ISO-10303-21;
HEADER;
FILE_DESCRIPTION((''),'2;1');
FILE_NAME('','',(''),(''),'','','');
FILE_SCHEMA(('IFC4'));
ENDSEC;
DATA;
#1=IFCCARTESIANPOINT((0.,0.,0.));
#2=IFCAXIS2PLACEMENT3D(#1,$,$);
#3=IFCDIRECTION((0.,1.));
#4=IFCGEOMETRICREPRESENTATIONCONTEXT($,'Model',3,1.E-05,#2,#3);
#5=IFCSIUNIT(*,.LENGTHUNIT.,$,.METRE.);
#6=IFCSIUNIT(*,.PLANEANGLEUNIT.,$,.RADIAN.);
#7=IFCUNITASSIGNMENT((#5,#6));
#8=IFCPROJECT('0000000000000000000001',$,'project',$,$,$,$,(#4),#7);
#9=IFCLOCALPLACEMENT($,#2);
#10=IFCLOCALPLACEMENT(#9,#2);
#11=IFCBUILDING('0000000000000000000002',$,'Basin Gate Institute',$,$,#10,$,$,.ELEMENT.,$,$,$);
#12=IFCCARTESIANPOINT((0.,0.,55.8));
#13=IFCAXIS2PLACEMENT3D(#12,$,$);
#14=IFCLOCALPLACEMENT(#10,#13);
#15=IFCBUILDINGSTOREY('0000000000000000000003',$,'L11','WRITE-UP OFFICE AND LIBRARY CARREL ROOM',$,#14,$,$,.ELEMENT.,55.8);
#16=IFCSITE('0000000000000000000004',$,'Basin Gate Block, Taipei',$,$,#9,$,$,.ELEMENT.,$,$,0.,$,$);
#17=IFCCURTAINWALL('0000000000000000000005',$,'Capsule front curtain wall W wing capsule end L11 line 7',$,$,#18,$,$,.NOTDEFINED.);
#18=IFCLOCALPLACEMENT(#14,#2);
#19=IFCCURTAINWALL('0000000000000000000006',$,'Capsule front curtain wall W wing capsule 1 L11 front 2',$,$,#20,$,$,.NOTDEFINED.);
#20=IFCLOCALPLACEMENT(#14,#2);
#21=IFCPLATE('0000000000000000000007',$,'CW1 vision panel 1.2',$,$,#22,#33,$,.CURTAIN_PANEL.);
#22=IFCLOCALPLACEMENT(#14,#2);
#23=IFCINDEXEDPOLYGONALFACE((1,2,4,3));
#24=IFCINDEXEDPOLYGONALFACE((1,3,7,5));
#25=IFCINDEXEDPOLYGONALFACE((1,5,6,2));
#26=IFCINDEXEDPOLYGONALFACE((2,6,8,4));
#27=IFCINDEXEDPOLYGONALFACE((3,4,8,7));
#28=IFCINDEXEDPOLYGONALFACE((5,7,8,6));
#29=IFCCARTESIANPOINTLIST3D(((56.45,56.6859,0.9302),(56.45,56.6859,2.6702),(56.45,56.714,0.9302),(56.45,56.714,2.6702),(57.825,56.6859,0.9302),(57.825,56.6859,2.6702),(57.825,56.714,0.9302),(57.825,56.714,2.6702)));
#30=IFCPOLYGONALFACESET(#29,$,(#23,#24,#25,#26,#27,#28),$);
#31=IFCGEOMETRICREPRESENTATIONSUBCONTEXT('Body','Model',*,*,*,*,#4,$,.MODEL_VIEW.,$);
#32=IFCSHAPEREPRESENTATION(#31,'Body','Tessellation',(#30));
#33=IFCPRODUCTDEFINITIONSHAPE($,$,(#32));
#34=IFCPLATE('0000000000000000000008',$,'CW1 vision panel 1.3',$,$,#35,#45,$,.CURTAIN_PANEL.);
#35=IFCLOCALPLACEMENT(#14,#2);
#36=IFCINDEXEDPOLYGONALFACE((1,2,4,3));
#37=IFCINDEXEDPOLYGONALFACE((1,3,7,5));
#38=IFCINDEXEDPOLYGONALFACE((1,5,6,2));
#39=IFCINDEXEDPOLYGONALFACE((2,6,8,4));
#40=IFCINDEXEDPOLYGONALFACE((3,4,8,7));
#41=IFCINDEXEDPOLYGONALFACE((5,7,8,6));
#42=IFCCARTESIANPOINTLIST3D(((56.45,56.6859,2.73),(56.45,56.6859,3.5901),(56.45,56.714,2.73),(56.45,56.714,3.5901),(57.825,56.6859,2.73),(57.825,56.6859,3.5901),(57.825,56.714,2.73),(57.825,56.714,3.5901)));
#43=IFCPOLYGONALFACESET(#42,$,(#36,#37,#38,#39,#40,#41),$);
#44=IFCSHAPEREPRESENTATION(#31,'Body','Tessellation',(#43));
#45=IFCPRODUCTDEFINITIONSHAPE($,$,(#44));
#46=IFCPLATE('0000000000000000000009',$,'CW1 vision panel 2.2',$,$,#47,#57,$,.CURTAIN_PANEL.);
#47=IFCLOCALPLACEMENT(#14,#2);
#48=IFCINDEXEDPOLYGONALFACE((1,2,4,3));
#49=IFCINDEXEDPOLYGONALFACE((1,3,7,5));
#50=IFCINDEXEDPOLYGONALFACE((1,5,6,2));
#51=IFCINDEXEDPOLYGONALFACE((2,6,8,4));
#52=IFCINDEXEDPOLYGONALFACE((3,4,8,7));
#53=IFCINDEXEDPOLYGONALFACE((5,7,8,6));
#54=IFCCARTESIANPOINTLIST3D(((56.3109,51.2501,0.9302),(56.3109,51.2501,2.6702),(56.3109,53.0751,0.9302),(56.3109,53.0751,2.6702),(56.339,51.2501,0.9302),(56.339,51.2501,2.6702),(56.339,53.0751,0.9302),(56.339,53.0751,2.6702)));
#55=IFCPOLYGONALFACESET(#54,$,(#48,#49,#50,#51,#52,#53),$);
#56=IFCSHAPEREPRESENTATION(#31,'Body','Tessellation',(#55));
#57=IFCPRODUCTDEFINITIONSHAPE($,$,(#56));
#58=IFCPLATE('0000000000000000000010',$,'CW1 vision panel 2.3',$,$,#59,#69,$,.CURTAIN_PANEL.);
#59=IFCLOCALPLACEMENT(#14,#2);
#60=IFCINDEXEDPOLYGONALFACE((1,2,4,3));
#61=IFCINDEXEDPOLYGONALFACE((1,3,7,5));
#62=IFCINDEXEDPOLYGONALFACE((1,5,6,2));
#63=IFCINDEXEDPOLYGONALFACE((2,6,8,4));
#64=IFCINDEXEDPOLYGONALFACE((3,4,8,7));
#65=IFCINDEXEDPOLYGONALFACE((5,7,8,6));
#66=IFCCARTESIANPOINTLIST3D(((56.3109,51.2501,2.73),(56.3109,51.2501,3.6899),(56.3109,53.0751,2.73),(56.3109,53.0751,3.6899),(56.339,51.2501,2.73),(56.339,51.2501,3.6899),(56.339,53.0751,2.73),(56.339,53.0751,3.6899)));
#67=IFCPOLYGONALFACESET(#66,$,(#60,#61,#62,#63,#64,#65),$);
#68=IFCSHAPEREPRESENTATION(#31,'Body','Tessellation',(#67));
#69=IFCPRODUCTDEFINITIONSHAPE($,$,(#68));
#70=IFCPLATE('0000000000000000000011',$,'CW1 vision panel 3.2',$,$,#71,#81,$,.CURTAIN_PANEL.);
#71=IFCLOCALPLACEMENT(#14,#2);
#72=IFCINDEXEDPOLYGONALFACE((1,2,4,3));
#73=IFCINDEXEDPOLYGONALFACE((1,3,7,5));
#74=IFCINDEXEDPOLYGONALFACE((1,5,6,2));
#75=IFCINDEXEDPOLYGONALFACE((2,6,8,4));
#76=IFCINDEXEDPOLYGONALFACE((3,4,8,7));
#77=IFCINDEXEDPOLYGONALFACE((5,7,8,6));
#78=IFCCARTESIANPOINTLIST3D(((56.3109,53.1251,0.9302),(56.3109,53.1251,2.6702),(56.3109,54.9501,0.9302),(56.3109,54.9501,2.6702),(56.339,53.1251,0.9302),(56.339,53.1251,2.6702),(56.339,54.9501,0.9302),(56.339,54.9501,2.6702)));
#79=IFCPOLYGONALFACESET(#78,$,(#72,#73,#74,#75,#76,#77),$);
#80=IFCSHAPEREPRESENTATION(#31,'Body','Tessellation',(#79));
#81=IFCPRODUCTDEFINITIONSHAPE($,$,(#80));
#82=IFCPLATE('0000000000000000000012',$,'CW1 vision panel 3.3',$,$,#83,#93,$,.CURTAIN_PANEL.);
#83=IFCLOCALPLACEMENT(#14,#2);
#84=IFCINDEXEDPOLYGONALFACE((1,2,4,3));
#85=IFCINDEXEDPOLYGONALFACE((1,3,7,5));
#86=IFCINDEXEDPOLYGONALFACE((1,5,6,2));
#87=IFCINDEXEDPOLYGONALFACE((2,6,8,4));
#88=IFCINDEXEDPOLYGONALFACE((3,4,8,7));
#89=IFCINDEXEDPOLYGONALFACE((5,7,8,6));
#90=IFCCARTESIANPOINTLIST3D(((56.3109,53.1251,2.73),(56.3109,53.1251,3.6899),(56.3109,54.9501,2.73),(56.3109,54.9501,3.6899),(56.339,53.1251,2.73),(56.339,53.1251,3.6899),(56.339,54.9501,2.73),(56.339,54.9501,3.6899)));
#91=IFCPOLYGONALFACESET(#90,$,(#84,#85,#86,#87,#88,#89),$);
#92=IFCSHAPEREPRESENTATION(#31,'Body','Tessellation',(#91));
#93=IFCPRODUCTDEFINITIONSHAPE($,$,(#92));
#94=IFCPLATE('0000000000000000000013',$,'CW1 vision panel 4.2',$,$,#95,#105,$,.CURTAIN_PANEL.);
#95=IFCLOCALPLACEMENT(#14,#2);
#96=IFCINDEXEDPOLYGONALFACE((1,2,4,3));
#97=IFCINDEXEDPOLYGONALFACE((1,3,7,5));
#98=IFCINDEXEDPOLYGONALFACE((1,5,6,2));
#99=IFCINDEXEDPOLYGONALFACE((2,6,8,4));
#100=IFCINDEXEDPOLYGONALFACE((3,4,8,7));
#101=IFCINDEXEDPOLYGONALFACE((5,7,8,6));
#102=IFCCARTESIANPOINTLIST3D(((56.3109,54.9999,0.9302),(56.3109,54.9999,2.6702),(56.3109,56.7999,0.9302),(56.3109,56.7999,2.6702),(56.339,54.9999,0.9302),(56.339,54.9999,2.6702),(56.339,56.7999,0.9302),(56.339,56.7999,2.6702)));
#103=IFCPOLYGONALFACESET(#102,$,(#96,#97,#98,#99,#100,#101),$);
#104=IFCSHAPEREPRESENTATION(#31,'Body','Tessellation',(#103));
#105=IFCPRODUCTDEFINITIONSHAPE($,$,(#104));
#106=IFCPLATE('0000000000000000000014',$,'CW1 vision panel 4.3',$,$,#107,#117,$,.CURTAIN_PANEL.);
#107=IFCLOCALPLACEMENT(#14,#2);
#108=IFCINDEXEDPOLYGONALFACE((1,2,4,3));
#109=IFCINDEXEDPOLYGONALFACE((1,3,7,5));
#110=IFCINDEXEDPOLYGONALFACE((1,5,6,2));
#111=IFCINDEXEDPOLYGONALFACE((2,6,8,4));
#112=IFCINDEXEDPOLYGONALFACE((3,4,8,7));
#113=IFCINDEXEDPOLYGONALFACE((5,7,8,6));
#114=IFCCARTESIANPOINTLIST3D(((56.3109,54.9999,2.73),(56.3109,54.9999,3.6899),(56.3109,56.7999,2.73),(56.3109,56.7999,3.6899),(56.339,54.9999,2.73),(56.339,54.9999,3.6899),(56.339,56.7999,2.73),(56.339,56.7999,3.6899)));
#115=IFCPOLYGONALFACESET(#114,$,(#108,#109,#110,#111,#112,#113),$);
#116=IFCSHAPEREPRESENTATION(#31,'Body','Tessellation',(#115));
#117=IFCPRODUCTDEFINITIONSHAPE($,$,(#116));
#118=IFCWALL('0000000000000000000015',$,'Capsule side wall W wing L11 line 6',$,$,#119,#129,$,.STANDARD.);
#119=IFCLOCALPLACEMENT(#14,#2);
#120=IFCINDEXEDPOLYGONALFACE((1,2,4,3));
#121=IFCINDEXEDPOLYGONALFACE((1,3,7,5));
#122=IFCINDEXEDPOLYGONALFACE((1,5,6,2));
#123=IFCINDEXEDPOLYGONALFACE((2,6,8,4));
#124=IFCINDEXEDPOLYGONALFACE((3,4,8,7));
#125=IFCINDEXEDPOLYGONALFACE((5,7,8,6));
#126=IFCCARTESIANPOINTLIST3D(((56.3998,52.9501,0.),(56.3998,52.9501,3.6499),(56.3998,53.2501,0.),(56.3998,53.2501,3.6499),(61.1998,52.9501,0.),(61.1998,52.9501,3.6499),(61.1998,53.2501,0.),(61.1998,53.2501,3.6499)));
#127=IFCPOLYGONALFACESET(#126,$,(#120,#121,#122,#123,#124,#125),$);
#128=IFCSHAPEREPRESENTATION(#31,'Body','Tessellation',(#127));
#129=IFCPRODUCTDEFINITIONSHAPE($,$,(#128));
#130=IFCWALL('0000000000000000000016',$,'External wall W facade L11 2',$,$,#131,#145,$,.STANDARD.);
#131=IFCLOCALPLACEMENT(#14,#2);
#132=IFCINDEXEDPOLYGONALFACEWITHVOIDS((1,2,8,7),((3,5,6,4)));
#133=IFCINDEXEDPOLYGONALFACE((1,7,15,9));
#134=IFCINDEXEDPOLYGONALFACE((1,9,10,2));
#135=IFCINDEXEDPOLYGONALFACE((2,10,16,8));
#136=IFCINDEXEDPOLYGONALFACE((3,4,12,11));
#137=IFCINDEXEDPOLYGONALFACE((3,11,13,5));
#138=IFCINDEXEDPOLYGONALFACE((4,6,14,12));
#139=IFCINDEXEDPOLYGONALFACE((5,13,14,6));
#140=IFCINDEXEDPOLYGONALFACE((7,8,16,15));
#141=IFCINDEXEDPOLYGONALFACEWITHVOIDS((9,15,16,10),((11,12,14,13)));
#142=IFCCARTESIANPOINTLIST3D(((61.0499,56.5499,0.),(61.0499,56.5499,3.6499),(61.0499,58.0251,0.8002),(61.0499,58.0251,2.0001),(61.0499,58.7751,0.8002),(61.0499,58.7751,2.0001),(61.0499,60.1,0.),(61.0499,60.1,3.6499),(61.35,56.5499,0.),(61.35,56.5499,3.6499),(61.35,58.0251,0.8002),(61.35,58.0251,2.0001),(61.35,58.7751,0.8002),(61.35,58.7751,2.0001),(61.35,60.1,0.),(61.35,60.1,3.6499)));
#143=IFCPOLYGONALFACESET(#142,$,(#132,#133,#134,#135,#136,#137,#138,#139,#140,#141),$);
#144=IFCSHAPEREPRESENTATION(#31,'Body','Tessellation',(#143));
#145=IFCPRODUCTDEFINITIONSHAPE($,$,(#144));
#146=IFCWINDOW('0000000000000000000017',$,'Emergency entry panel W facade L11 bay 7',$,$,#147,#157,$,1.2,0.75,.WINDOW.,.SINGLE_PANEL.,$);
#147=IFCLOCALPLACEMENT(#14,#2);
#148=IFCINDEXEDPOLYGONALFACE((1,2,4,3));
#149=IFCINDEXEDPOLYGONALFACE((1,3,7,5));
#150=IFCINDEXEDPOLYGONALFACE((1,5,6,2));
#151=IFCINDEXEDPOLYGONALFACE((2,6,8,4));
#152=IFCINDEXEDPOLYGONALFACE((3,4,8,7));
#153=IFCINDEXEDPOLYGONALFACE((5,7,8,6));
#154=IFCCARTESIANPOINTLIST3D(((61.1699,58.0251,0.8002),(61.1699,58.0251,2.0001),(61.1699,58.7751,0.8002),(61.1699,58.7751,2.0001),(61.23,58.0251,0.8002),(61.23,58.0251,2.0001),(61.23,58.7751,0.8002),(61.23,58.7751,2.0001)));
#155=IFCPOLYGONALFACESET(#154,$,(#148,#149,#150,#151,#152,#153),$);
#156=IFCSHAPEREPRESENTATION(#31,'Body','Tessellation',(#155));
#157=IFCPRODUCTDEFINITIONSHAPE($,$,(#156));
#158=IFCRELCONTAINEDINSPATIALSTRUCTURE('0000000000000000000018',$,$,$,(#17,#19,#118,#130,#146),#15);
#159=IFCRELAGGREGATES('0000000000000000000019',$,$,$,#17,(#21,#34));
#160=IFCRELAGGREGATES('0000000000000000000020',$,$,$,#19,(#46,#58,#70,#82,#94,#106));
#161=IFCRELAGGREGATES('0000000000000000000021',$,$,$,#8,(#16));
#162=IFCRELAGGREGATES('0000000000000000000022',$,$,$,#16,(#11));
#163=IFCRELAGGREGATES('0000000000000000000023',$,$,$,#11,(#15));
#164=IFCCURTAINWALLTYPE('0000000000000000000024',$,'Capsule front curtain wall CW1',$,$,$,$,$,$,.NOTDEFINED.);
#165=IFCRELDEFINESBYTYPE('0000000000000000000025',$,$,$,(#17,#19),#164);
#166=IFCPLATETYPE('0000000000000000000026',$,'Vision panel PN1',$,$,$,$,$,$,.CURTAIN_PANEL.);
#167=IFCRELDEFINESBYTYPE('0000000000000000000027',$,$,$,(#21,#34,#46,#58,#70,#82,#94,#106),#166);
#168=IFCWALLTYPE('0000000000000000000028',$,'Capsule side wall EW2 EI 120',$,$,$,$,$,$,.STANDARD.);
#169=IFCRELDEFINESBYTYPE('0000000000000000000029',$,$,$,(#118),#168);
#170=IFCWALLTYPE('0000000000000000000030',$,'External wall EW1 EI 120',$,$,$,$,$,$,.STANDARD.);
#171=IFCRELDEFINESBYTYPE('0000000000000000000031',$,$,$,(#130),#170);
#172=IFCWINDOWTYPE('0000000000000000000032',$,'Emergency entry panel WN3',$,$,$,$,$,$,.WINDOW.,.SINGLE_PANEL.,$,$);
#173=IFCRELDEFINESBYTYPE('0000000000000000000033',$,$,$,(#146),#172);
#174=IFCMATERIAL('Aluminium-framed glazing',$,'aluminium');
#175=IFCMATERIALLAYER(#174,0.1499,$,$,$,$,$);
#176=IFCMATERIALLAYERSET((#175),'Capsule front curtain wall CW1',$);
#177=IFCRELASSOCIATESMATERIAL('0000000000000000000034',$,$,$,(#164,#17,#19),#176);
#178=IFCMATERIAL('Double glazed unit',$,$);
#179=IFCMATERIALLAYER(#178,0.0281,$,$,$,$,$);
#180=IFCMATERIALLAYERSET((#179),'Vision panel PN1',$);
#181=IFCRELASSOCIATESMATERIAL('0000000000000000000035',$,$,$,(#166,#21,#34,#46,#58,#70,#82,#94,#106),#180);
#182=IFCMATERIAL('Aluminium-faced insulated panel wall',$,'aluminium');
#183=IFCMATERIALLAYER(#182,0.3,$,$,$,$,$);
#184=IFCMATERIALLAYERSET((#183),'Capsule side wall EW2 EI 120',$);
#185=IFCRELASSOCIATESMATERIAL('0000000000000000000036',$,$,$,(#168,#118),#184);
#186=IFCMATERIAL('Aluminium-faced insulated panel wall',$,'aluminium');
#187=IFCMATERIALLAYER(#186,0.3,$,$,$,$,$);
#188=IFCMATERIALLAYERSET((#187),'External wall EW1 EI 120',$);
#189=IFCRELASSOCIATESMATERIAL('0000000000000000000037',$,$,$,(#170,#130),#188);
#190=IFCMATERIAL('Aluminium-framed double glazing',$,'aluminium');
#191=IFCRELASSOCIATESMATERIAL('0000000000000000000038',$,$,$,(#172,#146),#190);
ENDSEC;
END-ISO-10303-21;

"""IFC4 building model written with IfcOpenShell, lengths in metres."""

from ifc_helpers import new_model, si_unit, direction, frame, frame_2d, origin, origin_2d, place, context, subcontext, project, spatial, rectangle, extrude, material, layer, layer_set, type_object, element, fill, aggregate, save


model = new_model("IFC4")

# Units and contexts
model_context = context("Model", 3, precision=1e-05, world=origin(), true_north=direction((0.0, 1.0)))
body_context = subcontext(model_context, "Body", "Model", "MODEL_VIEW")
ifc_project = project(units=[si_unit("LENGTHUNIT", "METRE"), si_unit("PLANEANGLEUNIT", "RADIAN")], contexts=[model_context])

# Site, building, storey
site_placement = place(None, origin())
site = spatial("IfcSite", under=ifc_project, at=site_placement, Name="Basin Gate Block, Taipei", CompositionType="ELEMENT", RefElevation=0.0)
building_placement = place(site_placement, origin())
building = spatial("IfcBuilding", under=site, at=building_placement, Name="Basin Gate Institute", CompositionType="ELEMENT")
storey_placement = place(building_placement, frame((0.0, 0.0, 55.8)))
storey = spatial("IfcBuildingStorey", under=building, at=storey_placement, Name="L11", Description="WRITE-UP OFFICE AND LIBRARY CARREL ROOM", CompositionType="ELEMENT", Elevation=55.8)

# Curtain walls
ifc_material_1 = material(Name="Aluminium-framed glazing", Category="aluminium")
ifc_layer_1 = layer(ifc_material_1, 0.1499)
ifc_layer_set_1 = layer_set([ifc_layer_1], Name="Capsule front curtain wall CW1")
curtain_wall_type = type_object("IfcCurtainWallType", Name="Capsule front curtain wall CW1", PredefinedType="NOTDEFINED", material=ifc_layer_set_1)
curtain_wall_1_placement = place(storey_placement, origin())
curtain_wall_1 = element("IfcCurtainWall", 1, at=curtain_wall_1_placement, inside=storey, type_object=curtain_wall_type, material=ifc_layer_set_1, Name="Capsule front curtain wall W wing capsule end L11 line 7", PredefinedType="NOTDEFINED")
curtain_wall_2_placement = place(storey_placement, origin())
curtain_wall_2 = element("IfcCurtainWall", 2, at=curtain_wall_2_placement, inside=storey, type_object=curtain_wall_type, material=ifc_layer_set_1, Name="Capsule front curtain wall W wing capsule 1 L11 front 2", PredefinedType="NOTDEFINED")

# Plates
ifc_material_2 = material(Name="Double glazed unit")
ifc_layer_2 = layer(ifc_material_2, 0.0281)
ifc_layer_set_2 = layer_set([ifc_layer_2], Name="Vision panel PN1")
plate_type_1 = type_object("IfcPlateType", Name="Vision panel PN1", PredefinedType="CURTAIN_PANEL", material=ifc_layer_set_2)
plate_1_placement = place(storey_placement, frame((57.1375, 56.7, 0.9302), z_axis=(0.0, 0.0, 1.0), x_axis=(1.0, 0.0, 0.0)))
plate_1 = element("IfcPlate", 3, at=plate_1_placement, type_object=plate_type_1, material=ifc_layer_set_2, Name="CW1 vision panel 1.2", PredefinedType="CURTAIN_PANEL", context=body_context, shape_type="SweptSolid", body=[
    extrude(rectangle(XDim=1.375, YDim=0.0281, at=origin_2d()), origin(), (0.0, 0.0, 1.0), 1.74),
])
plate_2_placement = place(storey_placement, frame((57.1375, 56.7, 2.73), z_axis=(0.0, 0.0, 1.0), x_axis=(1.0, 0.0, 0.0)))
plate_2 = element("IfcPlate", 4, at=plate_2_placement, type_object=plate_type_1, material=ifc_layer_set_2, Name="CW1 vision panel 1.3", PredefinedType="CURTAIN_PANEL", context=body_context, shape_type="SweptSolid", body=[
    extrude(rectangle(XDim=1.375, YDim=0.0281, at=origin_2d()), origin(), (0.0, 0.0, 1.0), 0.8601),
])
aggregate(curtain_wall_1, [plate_1, plate_2])
plate_3_placement = place(storey_placement, frame((56.325, 52.1626, 0.9302), z_axis=(0.0, 0.0, 1.0), x_axis=(0.0, 1.0, 0.0)))
plate_3 = element("IfcPlate", 5, at=plate_3_placement, type_object=plate_type_1, material=ifc_layer_set_2, Name="CW1 vision panel 2.2", PredefinedType="CURTAIN_PANEL", context=body_context, shape_type="SweptSolid", body=[
    extrude(rectangle(XDim=1.825, YDim=0.0281, at=origin_2d()), origin(), (0.0, 0.0, 1.0), 1.74),
])
plate_4_placement = place(storey_placement, frame((56.325, 52.1626, 2.73), z_axis=(0.0, 0.0, 1.0), x_axis=(0.0, 1.0, 0.0)))
plate_4 = element("IfcPlate", 6, at=plate_4_placement, type_object=plate_type_1, material=ifc_layer_set_2, Name="CW1 vision panel 2.3", PredefinedType="CURTAIN_PANEL", context=body_context, shape_type="SweptSolid", body=[
    extrude(rectangle(XDim=1.825, YDim=0.0281, at=origin_2d()), origin(), (0.0, 0.0, 1.0), 0.96),
])
plate_5_placement = place(storey_placement, frame((56.325, 54.0376, 0.9302), z_axis=(0.0, 0.0, 1.0), x_axis=(0.0, 1.0, 0.0)))
plate_5 = element("IfcPlate", 7, at=plate_5_placement, type_object=plate_type_1, material=ifc_layer_set_2, Name="CW1 vision panel 3.2", PredefinedType="CURTAIN_PANEL", context=body_context, shape_type="SweptSolid", body=[
    extrude(rectangle(XDim=1.825, YDim=0.0281, at=origin_2d()), origin(), (0.0, 0.0, 1.0), 1.74),
])
plate_6_placement = place(storey_placement, frame((56.325, 54.0376, 2.73), z_axis=(0.0, 0.0, 1.0), x_axis=(0.0, 1.0, 0.0)))
plate_6 = element("IfcPlate", 8, at=plate_6_placement, type_object=plate_type_1, material=ifc_layer_set_2, Name="CW1 vision panel 3.3", PredefinedType="CURTAIN_PANEL", context=body_context, shape_type="SweptSolid", body=[
    extrude(rectangle(XDim=1.825, YDim=0.0281, at=origin_2d()), origin(), (0.0, 0.0, 1.0), 0.96),
])
plate_7_placement = place(storey_placement, frame((56.325, 55.8999, 0.9302), z_axis=(0.0, 0.0, 1.0), x_axis=(0.0, 1.0, 0.0)))
plate_7 = element("IfcPlate", 9, at=plate_7_placement, type_object=plate_type_1, material=ifc_layer_set_2, Name="CW1 vision panel 4.2", PredefinedType="CURTAIN_PANEL", context=body_context, shape_type="SweptSolid", body=[
    extrude(rectangle(XDim=1.8, YDim=0.0281, at=origin_2d()), origin(), (0.0, 0.0, 1.0), 1.74),
])
plate_8_placement = place(storey_placement, frame((56.325, 55.8999, 2.73), z_axis=(0.0, 0.0, 1.0), x_axis=(0.0, 1.0, 0.0)))
plate_8 = element("IfcPlate", 10, at=plate_8_placement, type_object=plate_type_1, material=ifc_layer_set_2, Name="CW1 vision panel 4.3", PredefinedType="CURTAIN_PANEL", context=body_context, shape_type="SweptSolid", body=[
    extrude(rectangle(XDim=1.8, YDim=0.0281, at=origin_2d()), origin(), (0.0, 0.0, 1.0), 0.96),
])
aggregate(curtain_wall_2, [plate_3, plate_4, plate_5, plate_6, plate_7, plate_8])

# Wall
ifc_material_3 = material(Name="Aluminium-faced insulated panel wall", Category="aluminium")
ifc_layer_3 = layer(ifc_material_3, 0.3)
ifc_layer_set_3 = layer_set([ifc_layer_3], Name="Capsule side wall EW2 EI 120")
wall_type_1 = type_object("IfcWallType", Name="Capsule side wall EW2 EI 120", PredefinedType="STANDARD", material=ifc_layer_set_3)
wall_1_placement = place(storey_placement, frame((56.3999, 53.1001, 0.0), z_axis=(0.0, 0.0, 1.0), x_axis=(1.0, 0.0, 0.0)))
element("IfcWall", 11, at=wall_1_placement, inside=storey, type_object=wall_type_1, material=ifc_layer_set_3, Name="Capsule side wall W wing L11 line 6", PredefinedType="STANDARD", context=body_context, shape_type="SweptSolid", body=[
    extrude(rectangle(XDim=4.8, YDim=0.3, at=frame_2d((2.3999, 0.0))), origin(), (0.0, 0.0, 1.0), 3.6499),
])

# Wall, opening, window
ifc_material_4 = material(Name="Aluminium-faced insulated panel wall", Category="aluminium")
ifc_layer_4 = layer(ifc_material_4, 0.3)
ifc_layer_set_4 = layer_set([ifc_layer_4], Name="External wall EW1 EI 120")
wall_type_2 = type_object("IfcWallType", Name="External wall EW1 EI 120", PredefinedType="STANDARD", material=ifc_layer_set_4)
wall_2_placement = place(storey_placement, frame((61.2, 56.55, 0.0), z_axis=(0.0, 0.0, 1.0), x_axis=(0.0, 1.0, 0.0)))
wall_2 = element("IfcWall", 12, at=wall_2_placement, inside=storey, type_object=wall_type_2, material=ifc_layer_set_4, Name="External wall W facade L11 2", PredefinedType="STANDARD", context=body_context, shape_type="SweptSolid", body=[
    extrude(rectangle(XDim=3.55, YDim=0.3, at=frame_2d((1.7749, 0.0))), origin(), (0.0, 0.0, 1.0), 3.6499),
])
opening_placement = place(wall_2_placement, frame((1.4751, 0.0, 0.8)))
opening = element("IfcOpeningElement", 13, at=opening_placement, cuts=wall_2, PredefinedType="OPENING", context=body_context, shape_type="SweptSolid", body=[
    extrude(rectangle(XDim=0.75, YDim=1.2, at=frame_2d((0.375, 0.6001))), frame((0.0, 0.1602, 0.0), z_axis=(0.0, -1.0, 0.0), x_axis=(1.0, 0.0, 0.0)), (0.0, 0.0, 1.0), 0.3201),
])
ifc_material_5 = material(Name="Aluminium-framed double glazing", Category="aluminium")
window_type = type_object("IfcWindowType", Name="Emergency entry panel WN3", PartitioningType="SINGLE_PANEL", PredefinedType="WINDOW", material=ifc_material_5)
window_placement = place(opening_placement, origin())
window = element("IfcWindow", 14, at=window_placement, inside=storey, type_object=window_type, material=ifc_material_5, Name="Emergency entry panel W facade L11 bay 7", OverallHeight=1.2, OverallWidth=0.75, PartitioningType="SINGLE_PANEL", PredefinedType="WINDOW", context=body_context, shape_type="SweptSolid", body=[
    extrude(rectangle(XDim=0.75, YDim=1.2, at=frame_2d((0.375, 0.6001))), frame((0.0, 0.03, 0.0), z_axis=(0.0, -1.0, 0.0), x_axis=(1.0, 0.0, 0.0)), (0.0, 0.0, 1.0), 0.0601),
])
fill(opening, window)

save(model, "model.ifc")
